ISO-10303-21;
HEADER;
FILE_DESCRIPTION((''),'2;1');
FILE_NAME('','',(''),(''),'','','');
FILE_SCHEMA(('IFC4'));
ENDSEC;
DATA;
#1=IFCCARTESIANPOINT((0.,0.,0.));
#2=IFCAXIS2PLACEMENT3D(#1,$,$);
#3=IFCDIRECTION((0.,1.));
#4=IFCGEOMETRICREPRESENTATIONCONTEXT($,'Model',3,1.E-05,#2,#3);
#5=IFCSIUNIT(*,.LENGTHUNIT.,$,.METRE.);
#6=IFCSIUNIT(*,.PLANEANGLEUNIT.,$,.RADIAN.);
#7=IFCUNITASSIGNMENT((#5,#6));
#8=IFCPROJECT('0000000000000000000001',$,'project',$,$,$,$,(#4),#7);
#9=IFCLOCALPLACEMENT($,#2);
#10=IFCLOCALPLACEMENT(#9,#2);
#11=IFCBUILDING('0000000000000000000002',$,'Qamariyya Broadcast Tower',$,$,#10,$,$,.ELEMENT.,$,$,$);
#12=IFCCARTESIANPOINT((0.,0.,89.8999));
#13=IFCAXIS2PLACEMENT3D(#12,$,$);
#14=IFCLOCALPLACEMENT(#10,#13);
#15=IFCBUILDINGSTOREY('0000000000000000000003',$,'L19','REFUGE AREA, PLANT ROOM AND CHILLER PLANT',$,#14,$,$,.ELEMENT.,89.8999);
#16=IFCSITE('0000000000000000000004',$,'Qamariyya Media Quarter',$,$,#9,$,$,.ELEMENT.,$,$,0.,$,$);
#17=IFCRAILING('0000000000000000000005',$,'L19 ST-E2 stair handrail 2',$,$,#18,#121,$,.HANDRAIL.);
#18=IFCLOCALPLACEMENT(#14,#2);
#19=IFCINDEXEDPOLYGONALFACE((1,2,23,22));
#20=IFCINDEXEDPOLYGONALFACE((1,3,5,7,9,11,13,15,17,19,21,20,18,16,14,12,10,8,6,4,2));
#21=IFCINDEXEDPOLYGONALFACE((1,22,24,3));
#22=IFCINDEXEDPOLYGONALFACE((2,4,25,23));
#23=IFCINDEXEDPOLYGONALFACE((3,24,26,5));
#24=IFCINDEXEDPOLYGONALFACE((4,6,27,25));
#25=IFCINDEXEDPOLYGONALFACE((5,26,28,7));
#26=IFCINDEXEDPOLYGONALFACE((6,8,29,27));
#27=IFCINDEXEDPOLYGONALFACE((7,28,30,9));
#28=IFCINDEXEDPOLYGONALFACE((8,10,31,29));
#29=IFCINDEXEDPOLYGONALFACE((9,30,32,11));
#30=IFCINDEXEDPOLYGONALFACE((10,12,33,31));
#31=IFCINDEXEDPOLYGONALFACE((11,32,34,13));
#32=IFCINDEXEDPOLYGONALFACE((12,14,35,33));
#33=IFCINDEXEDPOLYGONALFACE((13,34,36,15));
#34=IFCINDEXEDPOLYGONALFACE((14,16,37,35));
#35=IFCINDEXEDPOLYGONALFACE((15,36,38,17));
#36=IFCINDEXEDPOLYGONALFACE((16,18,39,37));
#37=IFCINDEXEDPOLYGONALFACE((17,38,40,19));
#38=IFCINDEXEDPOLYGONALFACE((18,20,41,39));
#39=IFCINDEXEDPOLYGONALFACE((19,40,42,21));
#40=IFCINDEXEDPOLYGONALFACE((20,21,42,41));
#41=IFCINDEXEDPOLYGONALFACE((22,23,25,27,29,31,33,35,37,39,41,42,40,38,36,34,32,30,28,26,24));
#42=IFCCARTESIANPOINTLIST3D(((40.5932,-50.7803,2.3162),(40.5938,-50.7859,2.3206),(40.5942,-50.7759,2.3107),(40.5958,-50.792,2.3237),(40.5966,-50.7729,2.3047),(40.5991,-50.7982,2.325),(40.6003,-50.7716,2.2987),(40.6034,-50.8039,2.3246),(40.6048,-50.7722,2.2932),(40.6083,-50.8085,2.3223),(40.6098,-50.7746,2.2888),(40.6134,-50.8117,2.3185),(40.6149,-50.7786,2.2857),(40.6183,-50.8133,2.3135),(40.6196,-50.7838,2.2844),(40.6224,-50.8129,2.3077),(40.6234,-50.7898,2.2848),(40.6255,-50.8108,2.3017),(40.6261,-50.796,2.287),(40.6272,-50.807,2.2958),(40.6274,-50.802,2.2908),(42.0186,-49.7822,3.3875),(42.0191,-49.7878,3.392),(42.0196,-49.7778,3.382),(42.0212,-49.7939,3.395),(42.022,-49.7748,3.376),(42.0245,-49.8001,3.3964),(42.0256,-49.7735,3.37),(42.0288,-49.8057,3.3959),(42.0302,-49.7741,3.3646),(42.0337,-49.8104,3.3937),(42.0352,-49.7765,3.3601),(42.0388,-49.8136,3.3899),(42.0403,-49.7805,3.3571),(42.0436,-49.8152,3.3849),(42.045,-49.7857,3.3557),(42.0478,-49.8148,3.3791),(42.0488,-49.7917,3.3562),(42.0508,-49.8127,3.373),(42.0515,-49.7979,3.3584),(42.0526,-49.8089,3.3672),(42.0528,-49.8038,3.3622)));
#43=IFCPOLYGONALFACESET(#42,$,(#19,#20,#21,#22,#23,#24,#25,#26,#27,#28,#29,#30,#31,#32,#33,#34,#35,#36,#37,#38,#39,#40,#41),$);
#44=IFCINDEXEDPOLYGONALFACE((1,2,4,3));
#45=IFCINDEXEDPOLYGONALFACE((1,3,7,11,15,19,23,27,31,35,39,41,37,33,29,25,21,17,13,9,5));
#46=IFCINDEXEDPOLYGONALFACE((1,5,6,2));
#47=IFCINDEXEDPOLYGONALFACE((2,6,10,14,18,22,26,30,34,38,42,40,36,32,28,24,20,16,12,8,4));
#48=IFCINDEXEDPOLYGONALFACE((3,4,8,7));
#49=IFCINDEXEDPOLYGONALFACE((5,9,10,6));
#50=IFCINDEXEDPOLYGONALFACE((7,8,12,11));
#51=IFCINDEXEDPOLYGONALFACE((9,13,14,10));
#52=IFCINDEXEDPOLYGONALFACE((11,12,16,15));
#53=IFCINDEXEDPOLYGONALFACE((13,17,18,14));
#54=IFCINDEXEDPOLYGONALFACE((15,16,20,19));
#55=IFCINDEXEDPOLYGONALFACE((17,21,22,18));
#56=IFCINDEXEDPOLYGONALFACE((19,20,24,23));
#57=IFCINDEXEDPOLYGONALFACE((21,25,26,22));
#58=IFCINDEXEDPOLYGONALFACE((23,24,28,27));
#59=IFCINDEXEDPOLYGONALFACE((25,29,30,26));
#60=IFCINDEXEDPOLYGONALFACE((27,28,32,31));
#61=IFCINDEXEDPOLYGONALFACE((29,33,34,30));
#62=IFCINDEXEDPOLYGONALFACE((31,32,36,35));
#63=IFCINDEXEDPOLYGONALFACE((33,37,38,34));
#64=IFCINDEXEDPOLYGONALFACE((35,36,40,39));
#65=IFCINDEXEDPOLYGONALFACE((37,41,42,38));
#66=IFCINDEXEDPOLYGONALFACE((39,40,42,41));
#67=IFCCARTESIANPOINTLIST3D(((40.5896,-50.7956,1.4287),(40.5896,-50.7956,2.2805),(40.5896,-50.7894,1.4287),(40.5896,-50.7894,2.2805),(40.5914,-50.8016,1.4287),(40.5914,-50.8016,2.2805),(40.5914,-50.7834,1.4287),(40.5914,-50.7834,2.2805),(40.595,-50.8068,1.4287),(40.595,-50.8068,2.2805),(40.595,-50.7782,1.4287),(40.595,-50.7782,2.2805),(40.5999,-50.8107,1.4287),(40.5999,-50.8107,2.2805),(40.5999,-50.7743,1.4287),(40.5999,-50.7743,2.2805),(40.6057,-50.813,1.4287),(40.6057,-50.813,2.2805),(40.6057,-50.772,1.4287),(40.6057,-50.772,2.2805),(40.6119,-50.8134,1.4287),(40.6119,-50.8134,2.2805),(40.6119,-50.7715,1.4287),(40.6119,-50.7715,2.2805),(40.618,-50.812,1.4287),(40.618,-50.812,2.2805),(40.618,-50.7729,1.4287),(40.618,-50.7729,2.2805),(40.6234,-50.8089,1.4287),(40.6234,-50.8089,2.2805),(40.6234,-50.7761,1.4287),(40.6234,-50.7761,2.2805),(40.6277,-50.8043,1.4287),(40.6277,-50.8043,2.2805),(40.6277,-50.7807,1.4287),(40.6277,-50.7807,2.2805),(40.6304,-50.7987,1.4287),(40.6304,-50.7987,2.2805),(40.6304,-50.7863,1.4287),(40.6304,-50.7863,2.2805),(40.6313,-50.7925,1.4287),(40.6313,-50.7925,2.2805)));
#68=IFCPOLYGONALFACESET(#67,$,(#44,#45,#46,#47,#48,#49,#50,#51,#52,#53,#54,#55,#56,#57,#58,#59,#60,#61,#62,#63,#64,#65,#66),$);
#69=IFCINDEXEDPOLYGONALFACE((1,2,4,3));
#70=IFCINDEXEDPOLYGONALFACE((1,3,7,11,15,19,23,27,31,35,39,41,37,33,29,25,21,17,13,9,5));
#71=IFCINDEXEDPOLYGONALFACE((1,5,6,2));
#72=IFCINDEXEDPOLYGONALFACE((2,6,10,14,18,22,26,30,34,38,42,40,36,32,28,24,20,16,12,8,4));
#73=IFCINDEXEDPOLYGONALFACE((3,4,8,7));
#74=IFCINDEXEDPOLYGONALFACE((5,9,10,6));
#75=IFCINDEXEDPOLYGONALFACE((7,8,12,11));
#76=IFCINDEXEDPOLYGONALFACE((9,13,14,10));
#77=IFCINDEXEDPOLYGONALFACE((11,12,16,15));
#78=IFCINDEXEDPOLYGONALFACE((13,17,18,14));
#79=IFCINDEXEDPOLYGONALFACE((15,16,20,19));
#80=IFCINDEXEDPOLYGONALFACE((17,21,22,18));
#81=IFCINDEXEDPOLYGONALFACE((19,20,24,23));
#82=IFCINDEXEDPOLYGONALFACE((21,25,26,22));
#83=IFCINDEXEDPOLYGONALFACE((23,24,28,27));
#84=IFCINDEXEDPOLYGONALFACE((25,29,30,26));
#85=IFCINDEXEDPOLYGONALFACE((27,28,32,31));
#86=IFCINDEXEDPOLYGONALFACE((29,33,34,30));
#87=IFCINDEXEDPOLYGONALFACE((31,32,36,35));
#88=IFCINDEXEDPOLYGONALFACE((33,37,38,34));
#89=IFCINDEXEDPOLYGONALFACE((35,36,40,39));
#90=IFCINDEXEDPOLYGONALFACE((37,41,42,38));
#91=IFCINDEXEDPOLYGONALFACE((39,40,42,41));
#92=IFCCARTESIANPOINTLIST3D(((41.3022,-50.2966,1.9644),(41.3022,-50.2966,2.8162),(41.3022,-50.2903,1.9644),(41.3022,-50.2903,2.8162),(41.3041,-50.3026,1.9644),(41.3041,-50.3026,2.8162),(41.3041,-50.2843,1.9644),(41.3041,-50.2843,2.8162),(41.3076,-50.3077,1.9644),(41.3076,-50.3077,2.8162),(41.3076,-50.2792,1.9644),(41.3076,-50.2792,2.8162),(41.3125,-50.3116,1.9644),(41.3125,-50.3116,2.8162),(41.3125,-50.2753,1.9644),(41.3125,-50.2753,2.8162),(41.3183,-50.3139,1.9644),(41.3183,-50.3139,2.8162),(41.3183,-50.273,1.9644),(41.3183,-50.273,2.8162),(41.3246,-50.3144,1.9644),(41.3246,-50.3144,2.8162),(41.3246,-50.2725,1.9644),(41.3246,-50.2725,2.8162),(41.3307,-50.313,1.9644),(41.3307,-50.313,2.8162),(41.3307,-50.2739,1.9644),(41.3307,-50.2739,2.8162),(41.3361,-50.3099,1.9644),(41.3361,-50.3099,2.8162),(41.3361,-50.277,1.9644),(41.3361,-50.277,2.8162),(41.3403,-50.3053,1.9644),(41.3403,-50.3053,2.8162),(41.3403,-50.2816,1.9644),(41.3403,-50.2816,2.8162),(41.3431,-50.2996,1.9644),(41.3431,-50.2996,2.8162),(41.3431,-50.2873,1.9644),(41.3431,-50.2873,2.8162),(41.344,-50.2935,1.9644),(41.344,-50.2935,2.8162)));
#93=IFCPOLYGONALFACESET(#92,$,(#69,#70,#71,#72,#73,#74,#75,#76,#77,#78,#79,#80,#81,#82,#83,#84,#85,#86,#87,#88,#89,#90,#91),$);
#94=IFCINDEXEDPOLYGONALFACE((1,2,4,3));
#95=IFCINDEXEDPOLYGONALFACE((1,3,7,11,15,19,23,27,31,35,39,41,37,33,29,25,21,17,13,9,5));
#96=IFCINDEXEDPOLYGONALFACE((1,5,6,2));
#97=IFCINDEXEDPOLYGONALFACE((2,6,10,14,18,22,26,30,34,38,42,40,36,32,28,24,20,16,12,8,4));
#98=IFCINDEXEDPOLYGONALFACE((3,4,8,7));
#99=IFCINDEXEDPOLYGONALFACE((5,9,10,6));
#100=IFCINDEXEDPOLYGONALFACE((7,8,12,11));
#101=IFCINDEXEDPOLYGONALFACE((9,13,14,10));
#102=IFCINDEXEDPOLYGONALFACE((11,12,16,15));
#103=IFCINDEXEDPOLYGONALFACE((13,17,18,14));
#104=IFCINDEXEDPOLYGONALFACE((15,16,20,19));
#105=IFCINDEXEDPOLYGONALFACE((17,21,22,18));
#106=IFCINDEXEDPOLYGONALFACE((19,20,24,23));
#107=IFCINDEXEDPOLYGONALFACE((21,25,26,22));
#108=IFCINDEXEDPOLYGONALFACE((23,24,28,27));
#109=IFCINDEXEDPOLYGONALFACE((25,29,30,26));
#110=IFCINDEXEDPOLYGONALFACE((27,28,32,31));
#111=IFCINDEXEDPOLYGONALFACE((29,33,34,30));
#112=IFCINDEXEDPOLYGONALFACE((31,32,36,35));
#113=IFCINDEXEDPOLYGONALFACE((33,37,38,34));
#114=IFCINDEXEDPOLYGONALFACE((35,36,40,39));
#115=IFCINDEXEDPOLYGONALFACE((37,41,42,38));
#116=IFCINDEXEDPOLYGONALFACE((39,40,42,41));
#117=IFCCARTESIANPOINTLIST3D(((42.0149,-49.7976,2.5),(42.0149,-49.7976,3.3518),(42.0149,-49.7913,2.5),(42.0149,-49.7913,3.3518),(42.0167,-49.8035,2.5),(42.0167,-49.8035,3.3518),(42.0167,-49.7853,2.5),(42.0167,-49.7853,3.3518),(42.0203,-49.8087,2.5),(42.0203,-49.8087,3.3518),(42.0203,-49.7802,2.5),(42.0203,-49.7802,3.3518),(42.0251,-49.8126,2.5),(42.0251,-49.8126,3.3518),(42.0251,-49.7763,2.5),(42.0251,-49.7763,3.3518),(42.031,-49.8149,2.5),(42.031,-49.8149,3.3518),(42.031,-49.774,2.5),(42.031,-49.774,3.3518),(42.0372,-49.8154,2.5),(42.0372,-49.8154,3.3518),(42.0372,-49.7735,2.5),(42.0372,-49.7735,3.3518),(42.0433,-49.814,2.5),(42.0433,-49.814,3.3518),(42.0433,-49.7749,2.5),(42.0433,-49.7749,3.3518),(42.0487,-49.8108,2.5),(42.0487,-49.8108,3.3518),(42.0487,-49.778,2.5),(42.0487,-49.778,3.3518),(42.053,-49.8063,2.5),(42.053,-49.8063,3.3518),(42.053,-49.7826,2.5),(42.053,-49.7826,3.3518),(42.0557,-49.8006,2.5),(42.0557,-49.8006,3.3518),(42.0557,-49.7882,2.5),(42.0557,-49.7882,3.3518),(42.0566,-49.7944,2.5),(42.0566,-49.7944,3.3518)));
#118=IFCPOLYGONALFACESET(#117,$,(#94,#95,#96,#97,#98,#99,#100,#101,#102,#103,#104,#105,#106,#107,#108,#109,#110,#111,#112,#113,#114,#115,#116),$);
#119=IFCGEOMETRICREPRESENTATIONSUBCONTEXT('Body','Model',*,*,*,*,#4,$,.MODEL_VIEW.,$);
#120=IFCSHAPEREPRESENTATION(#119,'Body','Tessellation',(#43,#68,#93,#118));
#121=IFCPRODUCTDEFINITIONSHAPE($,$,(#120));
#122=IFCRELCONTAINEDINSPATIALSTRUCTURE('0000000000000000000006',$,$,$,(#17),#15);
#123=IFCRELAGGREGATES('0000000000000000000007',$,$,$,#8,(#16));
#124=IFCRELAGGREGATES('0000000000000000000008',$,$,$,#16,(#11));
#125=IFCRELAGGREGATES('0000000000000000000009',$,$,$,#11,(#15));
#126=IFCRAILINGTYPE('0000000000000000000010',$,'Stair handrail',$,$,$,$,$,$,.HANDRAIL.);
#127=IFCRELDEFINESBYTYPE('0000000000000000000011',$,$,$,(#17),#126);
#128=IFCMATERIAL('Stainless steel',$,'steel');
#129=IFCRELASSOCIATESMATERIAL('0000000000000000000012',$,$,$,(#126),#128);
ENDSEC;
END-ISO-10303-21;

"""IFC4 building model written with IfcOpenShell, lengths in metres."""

from ifc_helpers import new_model, si_unit, direction, frame, origin, origin_2d, place, context, subcontext, project, spatial, circle, extrude, material, type_object, element, save


model = new_model("IFC4")

# Units and contexts
model_context = context("Model", 3, precision=1e-05, world=origin(), true_north=direction((0.0, 1.0)))
body_context = subcontext(model_context, "Body", "Model", "MODEL_VIEW")
ifc_project = project(units=[si_unit("LENGTHUNIT", "METRE"), si_unit("PLANEANGLEUNIT", "RADIAN")], contexts=[model_context])

# Site, building, storey
site_placement = place(None, origin())
site = spatial("IfcSite", under=ifc_project, at=site_placement, Name="Qamariyya Media Quarter", CompositionType="ELEMENT", RefElevation=0.0)
building_placement = place(site_placement, origin())
building = spatial("IfcBuilding", under=site, at=building_placement, Name="Qamariyya Broadcast Tower", CompositionType="ELEMENT")
storey_placement = place(building_placement, frame((0.0, 0.0, 89.8999)))
storey = spatial("IfcBuildingStorey", under=building, at=storey_placement, Name="L19", Description="REFUGE AREA, PLANT ROOM AND CHILLER PLANT", CompositionType="ELEMENT", Elevation=89.8999)

# Railing
ifc_material_1 = material(Name="Stainless steel", Category="steel")
railing_type_1 = type_object("IfcRailingType", Name="Stair handrail", PredefinedType="HANDRAIL", material=ifc_material_1)
railing_1_placement = place(storey_placement, frame((40.6104, -50.7925, 1.4287)))
element("IfcRailing", 1, at=railing_1_placement, inside=storey, type_object=railing_type_1, Name="L19 ST-E2 stair handrail 2", PredefinedType="HANDRAIL", context=body_context, shape_type="SweptSolid", body=[
    extrude(circle(Radius=0.0239, at=origin_2d()), frame((0.0, 0.0, 0.876), z_axis=(0.697533, 0.48844, 0.524285), x_axis=(-0.573594, 0.81914, 0.0)), (0.0, 0.0, 1.0), 2.0435),
    extrude(circle(Radius=0.021, at=origin_2d()), origin(), (0.0, 0.0, 1.0), 0.8518),
    extrude(circle(Radius=0.021, at=origin_2d()), frame((0.7126, 0.499, 0.5356)), (0.0, 0.0, 1.0), 0.8518),
    extrude(circle(Radius=0.021, at=origin_2d()), frame((1.4253, 0.998, 1.0713)), (0.0, 0.0, 1.0), 0.8518),
])

save(model, "model.ifc")
